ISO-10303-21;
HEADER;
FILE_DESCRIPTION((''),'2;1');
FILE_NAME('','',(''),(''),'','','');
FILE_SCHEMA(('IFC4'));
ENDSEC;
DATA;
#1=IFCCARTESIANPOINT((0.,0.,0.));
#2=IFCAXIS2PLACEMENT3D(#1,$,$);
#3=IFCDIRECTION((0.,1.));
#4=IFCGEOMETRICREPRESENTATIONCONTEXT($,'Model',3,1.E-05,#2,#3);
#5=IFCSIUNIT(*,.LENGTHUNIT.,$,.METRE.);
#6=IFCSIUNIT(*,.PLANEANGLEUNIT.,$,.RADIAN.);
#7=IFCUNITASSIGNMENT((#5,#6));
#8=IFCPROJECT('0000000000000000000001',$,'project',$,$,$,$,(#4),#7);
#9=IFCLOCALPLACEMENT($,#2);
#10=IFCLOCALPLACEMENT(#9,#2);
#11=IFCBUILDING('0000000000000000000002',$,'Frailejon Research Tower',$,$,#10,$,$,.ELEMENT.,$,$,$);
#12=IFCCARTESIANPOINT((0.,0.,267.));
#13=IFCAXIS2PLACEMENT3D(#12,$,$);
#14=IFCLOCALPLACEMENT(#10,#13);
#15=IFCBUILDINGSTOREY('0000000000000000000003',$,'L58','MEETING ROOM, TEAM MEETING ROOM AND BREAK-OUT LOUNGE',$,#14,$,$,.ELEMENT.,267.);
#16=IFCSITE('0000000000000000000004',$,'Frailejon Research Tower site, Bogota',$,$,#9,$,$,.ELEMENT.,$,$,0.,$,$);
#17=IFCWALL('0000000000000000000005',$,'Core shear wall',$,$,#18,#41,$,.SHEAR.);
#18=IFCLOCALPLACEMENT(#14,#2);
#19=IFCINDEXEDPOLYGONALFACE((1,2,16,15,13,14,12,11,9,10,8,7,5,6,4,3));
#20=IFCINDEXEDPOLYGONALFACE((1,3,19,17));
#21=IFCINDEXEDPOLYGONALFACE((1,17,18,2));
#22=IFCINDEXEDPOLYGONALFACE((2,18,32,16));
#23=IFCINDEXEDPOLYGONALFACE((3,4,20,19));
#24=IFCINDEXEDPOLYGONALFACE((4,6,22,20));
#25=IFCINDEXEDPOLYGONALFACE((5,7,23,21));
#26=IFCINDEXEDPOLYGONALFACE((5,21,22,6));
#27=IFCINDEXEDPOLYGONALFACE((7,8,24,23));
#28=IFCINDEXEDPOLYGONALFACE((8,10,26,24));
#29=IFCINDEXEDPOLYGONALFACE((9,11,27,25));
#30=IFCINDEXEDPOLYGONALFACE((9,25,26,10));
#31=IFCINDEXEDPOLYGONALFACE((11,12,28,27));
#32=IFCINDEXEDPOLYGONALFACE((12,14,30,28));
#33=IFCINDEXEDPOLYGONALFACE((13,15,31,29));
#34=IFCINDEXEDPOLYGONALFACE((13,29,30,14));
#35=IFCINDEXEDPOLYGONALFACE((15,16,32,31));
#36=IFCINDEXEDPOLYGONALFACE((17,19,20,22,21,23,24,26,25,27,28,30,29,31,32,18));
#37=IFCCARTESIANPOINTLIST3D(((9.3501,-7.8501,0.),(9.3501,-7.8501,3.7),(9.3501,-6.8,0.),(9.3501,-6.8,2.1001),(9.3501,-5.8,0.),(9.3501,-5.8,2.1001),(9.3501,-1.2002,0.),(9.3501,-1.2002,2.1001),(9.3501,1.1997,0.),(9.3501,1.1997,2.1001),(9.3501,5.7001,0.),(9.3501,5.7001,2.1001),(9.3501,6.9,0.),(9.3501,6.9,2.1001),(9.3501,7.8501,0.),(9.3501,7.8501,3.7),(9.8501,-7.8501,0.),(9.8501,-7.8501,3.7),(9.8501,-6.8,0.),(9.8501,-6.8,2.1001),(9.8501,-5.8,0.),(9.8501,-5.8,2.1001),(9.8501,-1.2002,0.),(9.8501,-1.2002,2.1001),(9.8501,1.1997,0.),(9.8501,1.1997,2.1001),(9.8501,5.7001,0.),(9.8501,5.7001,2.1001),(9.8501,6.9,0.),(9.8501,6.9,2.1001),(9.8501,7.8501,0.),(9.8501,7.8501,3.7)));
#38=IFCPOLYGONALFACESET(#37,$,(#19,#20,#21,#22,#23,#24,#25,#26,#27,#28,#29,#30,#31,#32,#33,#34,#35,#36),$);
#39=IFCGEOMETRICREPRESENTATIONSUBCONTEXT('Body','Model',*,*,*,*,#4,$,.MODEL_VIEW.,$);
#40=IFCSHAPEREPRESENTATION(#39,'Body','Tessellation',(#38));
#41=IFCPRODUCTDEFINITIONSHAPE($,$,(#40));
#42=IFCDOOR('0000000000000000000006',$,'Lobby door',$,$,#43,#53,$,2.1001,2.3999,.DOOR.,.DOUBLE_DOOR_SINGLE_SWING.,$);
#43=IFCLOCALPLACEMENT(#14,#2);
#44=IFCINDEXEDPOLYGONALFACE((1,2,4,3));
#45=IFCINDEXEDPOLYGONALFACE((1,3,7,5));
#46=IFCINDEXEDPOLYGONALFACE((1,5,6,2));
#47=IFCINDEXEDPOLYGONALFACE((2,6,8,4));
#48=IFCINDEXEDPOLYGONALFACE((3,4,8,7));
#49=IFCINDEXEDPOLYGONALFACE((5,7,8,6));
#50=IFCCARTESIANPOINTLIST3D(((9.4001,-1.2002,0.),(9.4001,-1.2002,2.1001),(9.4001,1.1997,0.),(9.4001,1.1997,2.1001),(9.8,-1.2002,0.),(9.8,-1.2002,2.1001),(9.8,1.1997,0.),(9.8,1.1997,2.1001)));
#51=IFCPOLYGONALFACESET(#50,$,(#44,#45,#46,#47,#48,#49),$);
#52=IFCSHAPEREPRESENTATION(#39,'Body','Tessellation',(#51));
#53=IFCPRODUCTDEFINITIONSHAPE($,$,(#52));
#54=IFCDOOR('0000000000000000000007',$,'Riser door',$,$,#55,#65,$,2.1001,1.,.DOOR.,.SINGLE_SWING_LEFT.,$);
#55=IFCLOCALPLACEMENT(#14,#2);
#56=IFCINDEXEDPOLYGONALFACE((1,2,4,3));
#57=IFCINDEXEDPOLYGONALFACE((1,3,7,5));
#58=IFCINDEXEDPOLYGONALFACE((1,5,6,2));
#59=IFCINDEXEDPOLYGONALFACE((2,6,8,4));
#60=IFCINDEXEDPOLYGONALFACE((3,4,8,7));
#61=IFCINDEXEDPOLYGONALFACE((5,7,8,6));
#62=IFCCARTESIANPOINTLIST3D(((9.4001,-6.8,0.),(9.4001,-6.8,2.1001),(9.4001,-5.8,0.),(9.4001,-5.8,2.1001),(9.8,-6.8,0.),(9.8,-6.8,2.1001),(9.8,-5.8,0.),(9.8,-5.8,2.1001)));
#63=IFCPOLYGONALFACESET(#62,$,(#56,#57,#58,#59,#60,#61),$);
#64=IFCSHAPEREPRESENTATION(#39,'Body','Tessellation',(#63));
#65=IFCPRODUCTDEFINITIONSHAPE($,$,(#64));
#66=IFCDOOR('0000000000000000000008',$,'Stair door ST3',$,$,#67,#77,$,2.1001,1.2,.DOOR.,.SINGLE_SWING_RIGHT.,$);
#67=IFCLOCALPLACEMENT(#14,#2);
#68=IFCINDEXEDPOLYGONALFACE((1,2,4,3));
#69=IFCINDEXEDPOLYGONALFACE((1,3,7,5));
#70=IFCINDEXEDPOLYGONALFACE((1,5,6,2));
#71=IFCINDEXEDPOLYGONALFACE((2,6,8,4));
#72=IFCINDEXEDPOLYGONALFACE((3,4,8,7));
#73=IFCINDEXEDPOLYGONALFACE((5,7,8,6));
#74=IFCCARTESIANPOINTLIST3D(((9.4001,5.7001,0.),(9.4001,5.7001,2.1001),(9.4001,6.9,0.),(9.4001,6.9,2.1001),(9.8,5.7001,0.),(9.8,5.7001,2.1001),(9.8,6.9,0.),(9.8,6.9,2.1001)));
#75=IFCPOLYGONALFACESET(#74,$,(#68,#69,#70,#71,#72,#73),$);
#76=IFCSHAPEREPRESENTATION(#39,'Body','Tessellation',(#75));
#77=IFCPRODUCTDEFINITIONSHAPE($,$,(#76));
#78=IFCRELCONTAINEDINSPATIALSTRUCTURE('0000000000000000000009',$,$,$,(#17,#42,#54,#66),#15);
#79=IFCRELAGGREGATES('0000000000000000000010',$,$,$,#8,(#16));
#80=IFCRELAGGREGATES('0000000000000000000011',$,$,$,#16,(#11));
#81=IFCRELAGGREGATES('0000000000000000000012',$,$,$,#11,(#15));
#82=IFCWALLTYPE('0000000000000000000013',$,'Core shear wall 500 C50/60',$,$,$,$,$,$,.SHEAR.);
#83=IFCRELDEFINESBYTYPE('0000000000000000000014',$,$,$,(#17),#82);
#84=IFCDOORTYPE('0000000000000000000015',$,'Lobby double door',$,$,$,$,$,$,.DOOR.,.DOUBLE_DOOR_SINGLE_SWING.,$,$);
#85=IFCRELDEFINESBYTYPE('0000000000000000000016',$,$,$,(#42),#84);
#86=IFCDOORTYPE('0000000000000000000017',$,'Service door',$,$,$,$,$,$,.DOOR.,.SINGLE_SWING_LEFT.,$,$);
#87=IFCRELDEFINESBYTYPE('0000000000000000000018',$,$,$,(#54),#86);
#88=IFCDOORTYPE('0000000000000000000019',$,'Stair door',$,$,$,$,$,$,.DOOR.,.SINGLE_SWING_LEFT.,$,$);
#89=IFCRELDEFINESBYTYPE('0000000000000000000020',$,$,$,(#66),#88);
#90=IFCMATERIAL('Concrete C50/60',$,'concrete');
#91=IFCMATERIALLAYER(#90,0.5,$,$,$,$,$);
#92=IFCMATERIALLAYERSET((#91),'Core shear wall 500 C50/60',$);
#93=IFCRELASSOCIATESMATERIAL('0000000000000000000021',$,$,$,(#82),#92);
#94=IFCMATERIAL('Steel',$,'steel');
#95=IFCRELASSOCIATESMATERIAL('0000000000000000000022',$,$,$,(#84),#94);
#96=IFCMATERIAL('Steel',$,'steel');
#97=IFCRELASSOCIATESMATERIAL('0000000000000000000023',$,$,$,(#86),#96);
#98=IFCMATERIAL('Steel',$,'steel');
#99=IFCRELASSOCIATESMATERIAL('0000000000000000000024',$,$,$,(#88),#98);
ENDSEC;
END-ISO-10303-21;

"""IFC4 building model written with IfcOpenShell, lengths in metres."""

from ifc_helpers import new_model, si_unit, direction, frame, frame_2d, origin, place, context, subcontext, project, spatial, rectangle, extrude, material, layer, layer_set, type_object, element, fill, save


model = new_model("IFC4")

# Units and contexts
model_context = context("Model", 3, precision=1e-05, world=origin(), true_north=direction((0.0, 1.0)))
body_context = subcontext(model_context, "Body", "Model", "MODEL_VIEW")
ifc_project = project(units=[si_unit("LENGTHUNIT", "METRE"), si_unit("PLANEANGLEUNIT", "RADIAN")], contexts=[model_context])

# Site, building, storey
site_placement = place(None, origin())
site = spatial("IfcSite", under=ifc_project, at=site_placement, Name="Frailejon Research Tower site, Bogota", CompositionType="ELEMENT", RefElevation=0.0)
building_placement = place(site_placement, origin())
building = spatial("IfcBuilding", under=site, at=building_placement, Name="Frailejon Research Tower", CompositionType="ELEMENT")
storey_placement = place(building_placement, frame((0.0, 0.0, 267.0)))
storey = spatial("IfcBuildingStorey", under=building, at=storey_placement, Name="L58", Description="MEETING ROOM, TEAM MEETING ROOM AND BREAK-OUT LOUNGE", CompositionType="ELEMENT", Elevation=267.0)

# Wall, openings, doors
ifc_material_1 = material(Name="Concrete C50/60", Category="concrete")
ifc_layer_1 = layer(ifc_material_1, 0.5)
ifc_layer_set_1 = layer_set([ifc_layer_1], Name="Core shear wall 500 C50/60")
wall_type_1 = type_object("IfcWallType", Name="Core shear wall 500 C50/60", PredefinedType="SHEAR", material=ifc_layer_set_1)
wall_1_placement = place(storey_placement, frame((9.6001, -7.8501, 0.0), z_axis=(0.0, 0.0, 1.0), x_axis=(0.0, 1.0, 0.0)))
wall_1 = element("IfcWall", 1, at=wall_1_placement, inside=storey, type_object=wall_type_1, Name="Core shear wall", PredefinedType="SHEAR", context=body_context, shape_type="SweptSolid", body=[
    extrude(rectangle(XDim=15.7002, YDim=0.5, at=frame_2d((7.8501, 0.0))), origin(), (0.0, 0.0, 1.0), 3.7),
])
opening_1_placement = place(wall_1_placement, frame((6.6499, 0.0, 0.0)))
opening_1 = element("IfcOpeningElement", 2, at=opening_1_placement, cuts=wall_1, PredefinedType="OPENING", context=body_context, shape_type="SweptSolid", body=[
    extrude(rectangle(XDim=2.3999, YDim=2.1001, at=frame_2d((1.2, 1.05))), frame((0.0, 0.26, 0.0), z_axis=(0.0, -1.0, 0.0), x_axis=(1.0, 0.0, 0.0)), (0.0, 0.0, 1.0), 0.52),
])
opening_2_placement = place(wall_1_placement, frame((13.55, 0.0, 0.0)))
opening_2 = element("IfcOpeningElement", 3, at=opening_2_placement, cuts=wall_1, PredefinedType="OPENING", context=body_context, shape_type="SweptSolid", body=[
    extrude(rectangle(XDim=1.2, YDim=2.1001, at=frame_2d((0.6001, 1.05))), frame((0.0, 0.26, 0.0), z_axis=(0.0, -1.0, 0.0), x_axis=(1.0, 0.0, 0.0)), (0.0, 0.0, 1.0), 0.52),
])
opening_3_placement = place(wall_1_placement, frame((1.05, 0.0, 0.0)))
opening_3 = element("IfcOpeningElement", 4, at=opening_3_placement, cuts=wall_1, PredefinedType="OPENING", context=body_context, shape_type="SweptSolid", body=[
    extrude(rectangle(XDim=1.0, YDim=2.1001, at=frame_2d((0.5, 1.05))), frame((0.0, 0.26, 0.0), z_axis=(0.0, -1.0, 0.0), x_axis=(1.0, 0.0, 0.0)), (0.0, 0.0, 1.0), 0.52),
])
ifc_material_2 = material(Name="Steel", Category="steel")
door_type_1 = type_object("IfcDoorType", Name="Lobby double door", OperationType="DOUBLE_DOOR_SINGLE_SWING", PredefinedType="DOOR", material=ifc_material_2)
door_1_placement = place(opening_1_placement, origin())
door_1 = element("IfcDoor", 5, at=door_1_placement, inside=storey, type_object=door_type_1, Name="Lobby door", OperationType="DOUBLE_DOOR_SINGLE_SWING", OverallHeight=2.1001, OverallWidth=2.3999, PredefinedType="DOOR", context=body_context, shape_type="SweptSolid", body=[
    extrude(rectangle(XDim=2.3999, YDim=2.1001, at=frame_2d((1.2, 1.05))), frame((0.0, 0.2, 0.0), z_axis=(0.0, -1.0, 0.0), x_axis=(1.0, 0.0, 0.0)), (0.0, 0.0, 1.0), 0.3999),
])
fill(opening_1, door_1)
ifc_material_3 = material(Name="Steel", Category="steel")
door_type_2 = type_object("IfcDoorType", Name="Service door", OperationType="SINGLE_SWING_LEFT", PredefinedType="DOOR", material=ifc_material_3)
door_2_placement = place(opening_3_placement, origin())
door_2 = element("IfcDoor", 6, at=door_2_placement, inside=storey, type_object=door_type_2, Name="Riser door", OperationType="SINGLE_SWING_LEFT", OverallHeight=2.1001, OverallWidth=1.0, PredefinedType="DOOR", context=body_context, shape_type="SweptSolid", body=[
    extrude(rectangle(XDim=1.0, YDim=2.1001, at=frame_2d((0.5, 1.05))), frame((0.0, 0.2, 0.0), z_axis=(0.0, -1.0, 0.0), x_axis=(1.0, 0.0, 0.0)), (0.0, 0.0, 1.0), 0.3999),
])
fill(opening_3, door_2)
ifc_material_4 = material(Name="Steel", Category="steel")
door_type_3 = type_object("IfcDoorType", Name="Stair door", OperationType="SINGLE_SWING_LEFT", PredefinedType="DOOR", material=ifc_material_4)
door_3_placement = place(opening_2_placement, origin())
door_3 = element("IfcDoor", 7, at=door_3_placement, inside=storey, type_object=door_type_3, Name="Stair door ST3", OperationType="SINGLE_SWING_RIGHT", OverallHeight=2.1001, OverallWidth=1.2, PredefinedType="DOOR", context=body_context, shape_type="SweptSolid", body=[
    extrude(rectangle(XDim=1.2, YDim=2.1001, at=frame_2d((0.6001, 1.05))), frame((0.0, 0.2, 0.0), z_axis=(0.0, -1.0, 0.0), x_axis=(1.0, 0.0, 0.0)), (0.0, 0.0, 1.0), 0.3999),
])
fill(opening_2, door_3)

save(model, "model.ifc")
